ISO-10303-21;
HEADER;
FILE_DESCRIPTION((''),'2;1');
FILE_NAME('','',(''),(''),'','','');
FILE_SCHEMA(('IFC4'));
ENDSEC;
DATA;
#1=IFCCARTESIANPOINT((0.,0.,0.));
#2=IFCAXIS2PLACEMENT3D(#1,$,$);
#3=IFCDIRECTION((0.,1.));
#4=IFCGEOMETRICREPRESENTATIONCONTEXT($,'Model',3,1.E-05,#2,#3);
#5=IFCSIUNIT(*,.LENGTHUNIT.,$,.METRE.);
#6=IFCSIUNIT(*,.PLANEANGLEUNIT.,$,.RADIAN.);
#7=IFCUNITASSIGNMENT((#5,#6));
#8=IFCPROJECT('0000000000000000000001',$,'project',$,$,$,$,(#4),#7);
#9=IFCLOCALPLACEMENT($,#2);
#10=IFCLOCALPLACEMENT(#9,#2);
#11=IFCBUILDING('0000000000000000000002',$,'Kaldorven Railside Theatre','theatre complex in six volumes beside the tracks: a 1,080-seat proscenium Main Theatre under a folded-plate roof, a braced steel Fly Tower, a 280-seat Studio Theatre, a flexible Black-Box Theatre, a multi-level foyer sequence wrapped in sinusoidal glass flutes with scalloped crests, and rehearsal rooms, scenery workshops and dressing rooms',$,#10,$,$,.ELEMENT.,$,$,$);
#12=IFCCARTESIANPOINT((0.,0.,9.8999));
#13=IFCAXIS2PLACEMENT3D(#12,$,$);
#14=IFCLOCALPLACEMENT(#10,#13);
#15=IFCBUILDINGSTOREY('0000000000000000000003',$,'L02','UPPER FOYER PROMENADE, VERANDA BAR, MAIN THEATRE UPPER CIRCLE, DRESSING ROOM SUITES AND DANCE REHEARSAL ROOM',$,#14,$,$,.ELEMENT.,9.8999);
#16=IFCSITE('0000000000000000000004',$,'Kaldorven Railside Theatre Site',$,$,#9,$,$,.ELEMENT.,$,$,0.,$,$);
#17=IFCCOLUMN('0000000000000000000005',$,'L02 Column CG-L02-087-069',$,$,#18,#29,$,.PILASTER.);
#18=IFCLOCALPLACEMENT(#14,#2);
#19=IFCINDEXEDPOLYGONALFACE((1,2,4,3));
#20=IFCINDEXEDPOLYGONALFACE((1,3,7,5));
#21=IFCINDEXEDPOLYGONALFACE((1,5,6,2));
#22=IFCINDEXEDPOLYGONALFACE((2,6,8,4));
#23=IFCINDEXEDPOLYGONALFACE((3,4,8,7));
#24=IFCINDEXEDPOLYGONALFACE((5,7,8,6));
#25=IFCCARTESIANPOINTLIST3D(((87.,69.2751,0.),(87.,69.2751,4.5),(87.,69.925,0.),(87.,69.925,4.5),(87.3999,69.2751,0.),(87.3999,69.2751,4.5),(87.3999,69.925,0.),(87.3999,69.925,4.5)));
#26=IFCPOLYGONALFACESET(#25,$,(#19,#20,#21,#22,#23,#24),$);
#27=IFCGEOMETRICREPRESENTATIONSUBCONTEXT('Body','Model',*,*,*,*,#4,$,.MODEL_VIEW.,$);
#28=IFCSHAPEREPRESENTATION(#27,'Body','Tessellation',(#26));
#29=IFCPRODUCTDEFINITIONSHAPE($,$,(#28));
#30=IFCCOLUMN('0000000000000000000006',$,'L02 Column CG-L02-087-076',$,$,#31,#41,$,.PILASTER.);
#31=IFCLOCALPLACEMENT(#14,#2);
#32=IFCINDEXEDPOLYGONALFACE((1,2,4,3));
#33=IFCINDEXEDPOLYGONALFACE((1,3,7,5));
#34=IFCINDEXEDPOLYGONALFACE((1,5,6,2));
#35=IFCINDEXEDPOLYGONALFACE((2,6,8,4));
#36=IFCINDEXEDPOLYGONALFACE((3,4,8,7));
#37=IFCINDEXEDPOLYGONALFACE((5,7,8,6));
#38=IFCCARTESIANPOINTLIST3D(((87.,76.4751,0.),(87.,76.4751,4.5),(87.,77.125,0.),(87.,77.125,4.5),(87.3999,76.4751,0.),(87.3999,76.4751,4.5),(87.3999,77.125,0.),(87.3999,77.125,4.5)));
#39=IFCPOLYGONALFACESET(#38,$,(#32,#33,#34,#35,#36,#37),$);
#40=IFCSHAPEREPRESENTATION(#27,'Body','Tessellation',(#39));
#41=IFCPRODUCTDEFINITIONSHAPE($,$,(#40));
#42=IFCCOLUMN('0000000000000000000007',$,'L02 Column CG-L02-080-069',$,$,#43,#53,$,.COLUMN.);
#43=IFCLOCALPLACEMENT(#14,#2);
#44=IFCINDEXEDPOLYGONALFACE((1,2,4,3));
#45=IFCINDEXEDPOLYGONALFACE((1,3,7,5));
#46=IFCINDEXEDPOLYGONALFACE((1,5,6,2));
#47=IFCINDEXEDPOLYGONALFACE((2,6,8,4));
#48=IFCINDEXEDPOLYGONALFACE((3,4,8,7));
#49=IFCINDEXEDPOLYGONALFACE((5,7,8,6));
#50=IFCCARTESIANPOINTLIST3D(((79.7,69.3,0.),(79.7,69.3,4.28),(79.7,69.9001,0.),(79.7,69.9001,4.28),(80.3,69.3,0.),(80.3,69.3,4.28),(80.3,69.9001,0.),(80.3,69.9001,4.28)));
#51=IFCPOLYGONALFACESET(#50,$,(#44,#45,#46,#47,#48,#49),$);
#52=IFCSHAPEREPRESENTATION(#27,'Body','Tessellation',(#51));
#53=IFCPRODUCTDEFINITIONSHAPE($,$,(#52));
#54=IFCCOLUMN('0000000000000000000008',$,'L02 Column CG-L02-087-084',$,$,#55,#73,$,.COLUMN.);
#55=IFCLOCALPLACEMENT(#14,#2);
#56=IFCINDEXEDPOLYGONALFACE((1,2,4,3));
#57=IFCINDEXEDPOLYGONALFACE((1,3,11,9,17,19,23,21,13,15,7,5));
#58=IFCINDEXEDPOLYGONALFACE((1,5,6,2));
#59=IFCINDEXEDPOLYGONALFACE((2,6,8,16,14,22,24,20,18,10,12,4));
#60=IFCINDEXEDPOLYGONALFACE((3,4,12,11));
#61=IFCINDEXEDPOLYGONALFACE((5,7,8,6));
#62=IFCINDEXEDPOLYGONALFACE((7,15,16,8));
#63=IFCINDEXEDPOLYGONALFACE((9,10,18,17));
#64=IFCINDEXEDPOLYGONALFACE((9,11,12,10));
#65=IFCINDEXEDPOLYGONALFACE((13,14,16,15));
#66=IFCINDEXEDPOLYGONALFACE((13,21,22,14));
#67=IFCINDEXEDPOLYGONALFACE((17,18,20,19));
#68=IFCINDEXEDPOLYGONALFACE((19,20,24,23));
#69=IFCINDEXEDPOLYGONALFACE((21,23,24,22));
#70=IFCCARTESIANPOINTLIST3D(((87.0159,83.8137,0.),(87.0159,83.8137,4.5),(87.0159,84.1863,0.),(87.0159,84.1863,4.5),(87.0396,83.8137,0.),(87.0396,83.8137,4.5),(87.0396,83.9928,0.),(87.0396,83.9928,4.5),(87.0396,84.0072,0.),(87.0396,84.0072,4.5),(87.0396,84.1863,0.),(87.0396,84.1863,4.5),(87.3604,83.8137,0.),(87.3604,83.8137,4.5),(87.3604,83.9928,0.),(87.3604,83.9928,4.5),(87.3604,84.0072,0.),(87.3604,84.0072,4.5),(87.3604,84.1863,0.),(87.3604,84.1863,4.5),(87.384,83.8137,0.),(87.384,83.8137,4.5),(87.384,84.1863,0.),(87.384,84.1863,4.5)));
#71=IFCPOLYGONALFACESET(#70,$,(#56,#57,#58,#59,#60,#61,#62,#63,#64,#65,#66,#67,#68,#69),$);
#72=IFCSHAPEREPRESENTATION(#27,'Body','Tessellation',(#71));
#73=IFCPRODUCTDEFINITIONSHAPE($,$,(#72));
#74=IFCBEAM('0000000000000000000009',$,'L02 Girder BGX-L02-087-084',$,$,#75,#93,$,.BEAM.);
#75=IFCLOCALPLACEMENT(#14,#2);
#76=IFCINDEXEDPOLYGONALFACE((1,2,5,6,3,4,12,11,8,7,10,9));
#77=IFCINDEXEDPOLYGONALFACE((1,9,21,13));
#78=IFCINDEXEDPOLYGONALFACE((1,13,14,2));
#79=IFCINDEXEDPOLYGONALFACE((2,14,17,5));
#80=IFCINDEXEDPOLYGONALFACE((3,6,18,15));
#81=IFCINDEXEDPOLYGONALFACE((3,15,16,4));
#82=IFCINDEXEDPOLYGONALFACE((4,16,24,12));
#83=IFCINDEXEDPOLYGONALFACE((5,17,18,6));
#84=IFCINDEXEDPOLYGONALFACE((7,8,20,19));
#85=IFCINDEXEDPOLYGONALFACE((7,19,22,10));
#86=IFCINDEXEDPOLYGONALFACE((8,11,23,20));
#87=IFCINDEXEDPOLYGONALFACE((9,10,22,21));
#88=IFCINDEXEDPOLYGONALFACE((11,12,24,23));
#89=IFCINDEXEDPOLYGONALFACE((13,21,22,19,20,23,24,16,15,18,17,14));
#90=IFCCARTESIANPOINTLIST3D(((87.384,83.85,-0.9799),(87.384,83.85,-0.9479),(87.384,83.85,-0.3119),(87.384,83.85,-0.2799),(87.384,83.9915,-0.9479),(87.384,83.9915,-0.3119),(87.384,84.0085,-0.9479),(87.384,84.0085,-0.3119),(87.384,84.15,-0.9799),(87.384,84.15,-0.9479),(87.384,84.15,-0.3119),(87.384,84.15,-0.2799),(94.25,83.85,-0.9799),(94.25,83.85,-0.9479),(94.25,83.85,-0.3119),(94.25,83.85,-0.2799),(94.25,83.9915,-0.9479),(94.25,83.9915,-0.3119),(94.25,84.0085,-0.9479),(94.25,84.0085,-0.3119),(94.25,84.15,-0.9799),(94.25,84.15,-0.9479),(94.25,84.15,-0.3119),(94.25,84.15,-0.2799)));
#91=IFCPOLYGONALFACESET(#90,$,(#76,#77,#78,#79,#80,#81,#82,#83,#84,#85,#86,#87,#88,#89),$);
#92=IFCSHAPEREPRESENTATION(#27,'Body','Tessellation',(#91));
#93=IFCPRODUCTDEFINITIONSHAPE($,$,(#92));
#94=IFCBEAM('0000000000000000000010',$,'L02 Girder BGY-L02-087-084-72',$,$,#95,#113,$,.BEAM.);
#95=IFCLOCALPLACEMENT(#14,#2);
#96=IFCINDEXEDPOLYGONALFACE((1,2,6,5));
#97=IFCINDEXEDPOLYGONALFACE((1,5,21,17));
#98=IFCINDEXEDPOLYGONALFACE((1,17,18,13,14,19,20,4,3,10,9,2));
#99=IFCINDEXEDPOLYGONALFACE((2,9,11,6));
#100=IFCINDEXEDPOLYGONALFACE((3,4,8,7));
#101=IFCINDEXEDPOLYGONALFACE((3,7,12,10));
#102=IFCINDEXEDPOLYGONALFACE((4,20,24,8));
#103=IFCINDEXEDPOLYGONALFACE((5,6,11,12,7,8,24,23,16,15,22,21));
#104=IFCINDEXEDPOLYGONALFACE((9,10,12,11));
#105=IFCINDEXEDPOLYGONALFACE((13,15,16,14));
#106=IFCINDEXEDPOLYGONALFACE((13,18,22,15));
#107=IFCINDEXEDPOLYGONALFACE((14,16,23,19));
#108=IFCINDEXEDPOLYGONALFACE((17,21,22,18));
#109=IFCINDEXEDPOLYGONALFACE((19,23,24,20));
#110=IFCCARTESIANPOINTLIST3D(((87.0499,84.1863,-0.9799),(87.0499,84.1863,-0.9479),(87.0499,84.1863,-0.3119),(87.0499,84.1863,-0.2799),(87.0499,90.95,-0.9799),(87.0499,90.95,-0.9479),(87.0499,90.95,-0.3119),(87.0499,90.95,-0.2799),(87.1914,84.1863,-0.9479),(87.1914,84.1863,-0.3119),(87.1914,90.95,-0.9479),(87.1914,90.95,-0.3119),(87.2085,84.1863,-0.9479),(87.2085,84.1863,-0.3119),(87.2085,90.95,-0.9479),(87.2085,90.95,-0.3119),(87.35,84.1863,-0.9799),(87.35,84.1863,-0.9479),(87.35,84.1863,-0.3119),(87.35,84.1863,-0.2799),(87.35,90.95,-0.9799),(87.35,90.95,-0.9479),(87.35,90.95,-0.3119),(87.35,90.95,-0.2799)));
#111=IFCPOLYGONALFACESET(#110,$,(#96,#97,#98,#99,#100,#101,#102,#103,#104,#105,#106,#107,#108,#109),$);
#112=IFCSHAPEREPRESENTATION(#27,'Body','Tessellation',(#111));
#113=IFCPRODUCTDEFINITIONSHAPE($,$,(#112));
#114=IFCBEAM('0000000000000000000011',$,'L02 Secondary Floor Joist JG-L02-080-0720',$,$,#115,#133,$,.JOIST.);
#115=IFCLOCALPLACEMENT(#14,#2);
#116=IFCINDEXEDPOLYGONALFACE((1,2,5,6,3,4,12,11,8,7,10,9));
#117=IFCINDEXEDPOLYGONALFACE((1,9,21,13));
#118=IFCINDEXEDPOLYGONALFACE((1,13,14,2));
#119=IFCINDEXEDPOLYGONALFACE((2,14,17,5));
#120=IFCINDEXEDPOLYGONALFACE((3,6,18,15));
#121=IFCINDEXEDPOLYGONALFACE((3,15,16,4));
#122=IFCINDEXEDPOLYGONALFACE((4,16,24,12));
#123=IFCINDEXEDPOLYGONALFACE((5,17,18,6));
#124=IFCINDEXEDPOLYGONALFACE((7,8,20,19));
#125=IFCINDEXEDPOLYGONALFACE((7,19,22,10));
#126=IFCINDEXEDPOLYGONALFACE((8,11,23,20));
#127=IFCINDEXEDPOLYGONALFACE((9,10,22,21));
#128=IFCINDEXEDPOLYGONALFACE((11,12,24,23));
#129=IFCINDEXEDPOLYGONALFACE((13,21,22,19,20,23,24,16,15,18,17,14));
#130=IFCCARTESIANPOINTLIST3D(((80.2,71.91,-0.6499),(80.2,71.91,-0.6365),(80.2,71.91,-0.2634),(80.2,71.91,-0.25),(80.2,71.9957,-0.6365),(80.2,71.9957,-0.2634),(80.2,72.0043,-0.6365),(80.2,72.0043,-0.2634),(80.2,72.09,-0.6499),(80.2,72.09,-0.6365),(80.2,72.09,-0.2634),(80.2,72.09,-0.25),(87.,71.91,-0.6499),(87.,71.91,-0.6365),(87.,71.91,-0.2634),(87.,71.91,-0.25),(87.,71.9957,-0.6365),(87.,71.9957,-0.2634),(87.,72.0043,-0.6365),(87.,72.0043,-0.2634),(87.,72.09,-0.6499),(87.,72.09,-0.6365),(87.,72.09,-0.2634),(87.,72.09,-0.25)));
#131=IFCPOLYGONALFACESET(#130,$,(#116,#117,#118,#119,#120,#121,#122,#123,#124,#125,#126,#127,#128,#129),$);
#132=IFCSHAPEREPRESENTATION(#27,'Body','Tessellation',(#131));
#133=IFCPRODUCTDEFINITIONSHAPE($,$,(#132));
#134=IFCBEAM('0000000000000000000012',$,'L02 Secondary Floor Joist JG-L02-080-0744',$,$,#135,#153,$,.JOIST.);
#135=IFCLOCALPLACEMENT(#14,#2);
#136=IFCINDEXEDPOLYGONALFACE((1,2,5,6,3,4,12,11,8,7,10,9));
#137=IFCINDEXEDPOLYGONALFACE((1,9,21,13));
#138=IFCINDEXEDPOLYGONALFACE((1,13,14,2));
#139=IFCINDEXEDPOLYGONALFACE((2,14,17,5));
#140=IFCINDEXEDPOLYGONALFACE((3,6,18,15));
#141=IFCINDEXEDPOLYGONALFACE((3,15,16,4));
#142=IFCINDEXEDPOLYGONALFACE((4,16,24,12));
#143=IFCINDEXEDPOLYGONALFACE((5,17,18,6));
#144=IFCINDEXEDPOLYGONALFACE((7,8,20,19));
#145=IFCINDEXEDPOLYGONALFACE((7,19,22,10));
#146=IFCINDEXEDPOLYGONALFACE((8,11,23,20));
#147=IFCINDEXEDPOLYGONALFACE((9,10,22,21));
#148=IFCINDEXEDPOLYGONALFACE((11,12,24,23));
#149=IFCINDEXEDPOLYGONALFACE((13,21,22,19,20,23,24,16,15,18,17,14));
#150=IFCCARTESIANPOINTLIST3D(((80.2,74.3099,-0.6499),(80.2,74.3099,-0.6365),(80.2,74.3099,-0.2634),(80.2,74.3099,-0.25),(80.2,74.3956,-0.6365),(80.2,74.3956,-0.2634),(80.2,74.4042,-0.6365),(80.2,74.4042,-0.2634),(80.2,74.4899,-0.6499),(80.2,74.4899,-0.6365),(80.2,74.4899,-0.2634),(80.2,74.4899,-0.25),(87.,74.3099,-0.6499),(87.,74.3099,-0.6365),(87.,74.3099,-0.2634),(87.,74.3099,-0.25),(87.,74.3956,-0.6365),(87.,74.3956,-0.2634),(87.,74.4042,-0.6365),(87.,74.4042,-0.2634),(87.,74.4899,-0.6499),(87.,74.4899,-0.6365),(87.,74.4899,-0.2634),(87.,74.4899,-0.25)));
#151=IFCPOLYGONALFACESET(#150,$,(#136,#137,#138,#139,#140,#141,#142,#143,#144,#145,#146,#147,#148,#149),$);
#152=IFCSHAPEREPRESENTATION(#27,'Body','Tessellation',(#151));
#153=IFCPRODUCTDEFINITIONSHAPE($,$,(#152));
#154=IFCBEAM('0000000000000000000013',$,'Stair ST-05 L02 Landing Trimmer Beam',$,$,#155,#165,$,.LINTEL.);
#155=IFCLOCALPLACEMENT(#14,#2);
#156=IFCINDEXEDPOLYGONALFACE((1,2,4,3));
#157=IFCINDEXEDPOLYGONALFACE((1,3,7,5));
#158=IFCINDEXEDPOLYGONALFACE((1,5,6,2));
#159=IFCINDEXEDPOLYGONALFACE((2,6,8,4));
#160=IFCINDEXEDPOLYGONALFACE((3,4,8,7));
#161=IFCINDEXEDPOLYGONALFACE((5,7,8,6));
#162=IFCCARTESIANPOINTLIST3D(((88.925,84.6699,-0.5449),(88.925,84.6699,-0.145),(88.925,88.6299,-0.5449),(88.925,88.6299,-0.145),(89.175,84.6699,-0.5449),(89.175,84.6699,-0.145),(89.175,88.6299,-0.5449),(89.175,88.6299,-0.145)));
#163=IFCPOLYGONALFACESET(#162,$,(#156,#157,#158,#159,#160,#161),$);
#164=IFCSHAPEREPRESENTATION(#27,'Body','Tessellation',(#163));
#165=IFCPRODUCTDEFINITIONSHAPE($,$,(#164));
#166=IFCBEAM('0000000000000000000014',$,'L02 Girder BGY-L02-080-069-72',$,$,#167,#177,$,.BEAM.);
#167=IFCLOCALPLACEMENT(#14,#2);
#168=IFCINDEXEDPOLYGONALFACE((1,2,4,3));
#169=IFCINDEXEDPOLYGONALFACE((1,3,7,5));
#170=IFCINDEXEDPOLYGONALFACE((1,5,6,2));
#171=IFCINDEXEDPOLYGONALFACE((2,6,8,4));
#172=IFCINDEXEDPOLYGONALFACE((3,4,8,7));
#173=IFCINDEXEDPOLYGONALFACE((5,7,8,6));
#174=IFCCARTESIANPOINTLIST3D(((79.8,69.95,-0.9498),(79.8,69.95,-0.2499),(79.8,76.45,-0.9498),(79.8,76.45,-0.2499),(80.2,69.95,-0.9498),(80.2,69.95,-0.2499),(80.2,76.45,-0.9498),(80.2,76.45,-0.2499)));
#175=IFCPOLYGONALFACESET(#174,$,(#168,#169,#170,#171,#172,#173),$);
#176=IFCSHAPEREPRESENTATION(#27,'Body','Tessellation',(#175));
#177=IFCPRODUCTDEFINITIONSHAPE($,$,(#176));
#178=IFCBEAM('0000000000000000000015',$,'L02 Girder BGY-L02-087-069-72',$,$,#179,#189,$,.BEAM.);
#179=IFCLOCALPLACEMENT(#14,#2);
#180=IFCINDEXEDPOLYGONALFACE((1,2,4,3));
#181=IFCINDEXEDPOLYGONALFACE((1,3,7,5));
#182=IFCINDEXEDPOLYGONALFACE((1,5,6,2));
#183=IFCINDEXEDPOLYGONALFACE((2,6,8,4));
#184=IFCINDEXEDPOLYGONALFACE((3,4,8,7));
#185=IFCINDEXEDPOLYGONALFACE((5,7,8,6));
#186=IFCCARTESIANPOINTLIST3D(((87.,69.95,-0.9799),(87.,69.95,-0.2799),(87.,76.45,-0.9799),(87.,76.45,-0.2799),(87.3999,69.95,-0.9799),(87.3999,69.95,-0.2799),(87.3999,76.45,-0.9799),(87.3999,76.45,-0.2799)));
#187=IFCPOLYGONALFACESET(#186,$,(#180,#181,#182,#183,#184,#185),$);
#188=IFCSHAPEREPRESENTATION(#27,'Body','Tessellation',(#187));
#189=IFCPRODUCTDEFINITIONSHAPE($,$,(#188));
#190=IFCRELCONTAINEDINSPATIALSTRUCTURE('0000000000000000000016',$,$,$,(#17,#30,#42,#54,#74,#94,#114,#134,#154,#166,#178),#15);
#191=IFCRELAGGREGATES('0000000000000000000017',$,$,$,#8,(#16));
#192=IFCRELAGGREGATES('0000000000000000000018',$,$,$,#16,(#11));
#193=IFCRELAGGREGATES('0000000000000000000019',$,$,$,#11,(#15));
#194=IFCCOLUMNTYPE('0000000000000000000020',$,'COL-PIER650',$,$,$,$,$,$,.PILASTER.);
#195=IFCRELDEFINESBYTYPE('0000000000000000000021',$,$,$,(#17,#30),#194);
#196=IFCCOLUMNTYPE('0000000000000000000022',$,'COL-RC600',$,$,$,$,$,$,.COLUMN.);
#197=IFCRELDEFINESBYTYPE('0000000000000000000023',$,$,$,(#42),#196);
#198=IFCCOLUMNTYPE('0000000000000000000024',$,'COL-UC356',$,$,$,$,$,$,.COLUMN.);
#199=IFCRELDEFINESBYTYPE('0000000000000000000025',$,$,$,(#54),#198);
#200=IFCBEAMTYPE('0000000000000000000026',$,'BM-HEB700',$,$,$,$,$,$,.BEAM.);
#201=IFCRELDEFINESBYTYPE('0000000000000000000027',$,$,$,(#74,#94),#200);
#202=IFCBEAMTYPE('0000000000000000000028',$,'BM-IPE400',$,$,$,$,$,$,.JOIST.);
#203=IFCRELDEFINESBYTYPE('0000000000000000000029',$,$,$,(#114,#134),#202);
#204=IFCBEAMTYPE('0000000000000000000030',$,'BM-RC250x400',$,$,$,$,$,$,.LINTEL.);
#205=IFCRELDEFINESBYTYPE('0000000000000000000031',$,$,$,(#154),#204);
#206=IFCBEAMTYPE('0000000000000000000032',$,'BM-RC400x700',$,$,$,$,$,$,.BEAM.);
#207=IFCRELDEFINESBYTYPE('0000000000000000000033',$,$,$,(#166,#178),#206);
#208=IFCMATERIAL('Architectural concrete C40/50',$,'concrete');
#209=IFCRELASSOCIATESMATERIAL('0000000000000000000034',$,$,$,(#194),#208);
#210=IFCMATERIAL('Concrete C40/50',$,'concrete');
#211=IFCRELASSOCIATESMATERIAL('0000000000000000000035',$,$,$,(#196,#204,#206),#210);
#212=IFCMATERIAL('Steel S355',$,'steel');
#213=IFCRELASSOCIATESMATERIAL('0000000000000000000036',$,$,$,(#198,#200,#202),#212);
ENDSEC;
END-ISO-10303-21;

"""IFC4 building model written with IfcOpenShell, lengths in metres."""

from ifc_helpers import new_model, si_unit, direction, frame, origin, origin_2d, place, context, subcontext, project, spatial, rectangle, i_section, extrude, material, material_profile, profile_set, type_object, element, save


model = new_model("IFC4")

# Units and contexts
model_context = context("Model", 3, precision=1e-05, world=origin(), true_north=direction((0.0, 1.0)))
body_context = subcontext(model_context, "Body", "Model", "MODEL_VIEW")
ifc_project = project(units=[si_unit("LENGTHUNIT", "METRE"), si_unit("PLANEANGLEUNIT", "RADIAN")], contexts=[model_context])

# Site, building, storey
site_placement = place(None, origin())
site = spatial("IfcSite", under=ifc_project, at=site_placement, Name="Kaldorven Railside Theatre Site", CompositionType="ELEMENT", RefElevation=0.0)
building_placement = place(site_placement, origin())
building = spatial("IfcBuilding", under=site, at=building_placement, Name="Kaldorven Railside Theatre", Description="theatre complex in six volumes beside the tracks: a 1,080-seat proscenium Main Theatre under a folded-plate roof, a braced steel Fly Tower, a 280-seat Studio Theatre, a flexible Black-Box Theatre, a multi-level foyer sequence wrapped in sinusoidal glass flutes with scalloped crests, and rehearsal rooms, scenery workshops and dressing rooms", CompositionType="ELEMENT")
storey_placement = place(building_placement, frame((0.0, 0.0, 9.8999)))
storey = spatial("IfcBuildingStorey", under=building, at=storey_placement, Name="L02", Description="UPPER FOYER PROMENADE, VERANDA BAR, MAIN THEATRE UPPER CIRCLE, DRESSING ROOM SUITES AND DANCE REHEARSAL ROOM", CompositionType="ELEMENT", Elevation=9.8999)

# Columns
ifc_material_1 = material(Name="Architectural concrete C40/50", Category="concrete")
ifc_material_profile_1 = material_profile(ifc_material_1, rectangle(XDim=0.3999, YDim=0.6499, at=origin_2d()), Name="RC 400x650")
ifc_profile_set_1 = profile_set([ifc_material_profile_1], Name="Architectural concrete C40/50")
column_type_1 = type_object("IfcColumnType", Name="COL-PIER650", PredefinedType="PILASTER", material=ifc_profile_set_1)
for number, where, z_axis, x_axis, name in (
    (1, (87.2, 69.6001, 0.0), (0.0, 0.0, 1.0), (1.0, 0.0, 0.0), "L02 Column CG-L02-087-069"),
    (2, (87.2, 76.8, 0.0), (0.0, 0.0, 1.0), (1.0, 0.0, 0.0), "L02 Column CG-L02-087-076"),
):
    element("IfcColumn", number, at=place(storey_placement, frame(where, z_axis=z_axis, x_axis=x_axis)), inside=storey, type_object=column_type_1, Name=name, PredefinedType="PILASTER", context=body_context, shape_type="SweptSolid", body=[
        extrude(rectangle(XDim=0.3999, YDim=0.6499, at=origin_2d()), origin(), (0.0, 0.0, 1.0), 4.5),
    ])
ifc_material_2 = material(Name="Concrete C40/50", Category="concrete")
ifc_material_profile_2 = material_profile(ifc_material_2, rectangle(XDim=0.6001, YDim=0.6001, at=origin_2d()), Name="RC 600x600")
ifc_profile_set_2 = profile_set([ifc_material_profile_2], Name="Concrete C40/50")
column_type_2 = type_object("IfcColumnType", Name="COL-RC600", PredefinedType="COLUMN", material=ifc_profile_set_2)
column_1_placement = place(storey_placement, frame((80.0, 69.6001, 0.0), z_axis=(0.0, 0.0, 1.0), x_axis=(0.0, 1.0, 0.0)))
element("IfcColumn", 3, at=column_1_placement, inside=storey, type_object=column_type_2, Name="L02 Column CG-L02-080-069", PredefinedType="COLUMN", context=body_context, shape_type="SweptSolid", body=[
    extrude(rectangle(XDim=0.6001, YDim=0.6001, at=origin_2d()), origin(), (0.0, 0.0, 1.0), 4.28),
])
ifc_material_3 = material(Name="Steel S355", Category="steel")
ifc_material_profile_3 = material_profile(ifc_material_3, i_section(OverallWidth=0.3726, OverallDepth=0.3682, WebThickness=0.0144, FlangeThickness=0.0237, at=origin_2d()), Name="UC 356x368x177")
ifc_profile_set_3 = profile_set([ifc_material_profile_3], Name="Steel S355")
column_type_3 = type_object("IfcColumnType", Name="COL-UC356", PredefinedType="COLUMN", material=ifc_profile_set_3)
column_2_placement = place(storey_placement, frame((87.2, 84.0, 0.0), z_axis=(0.0, 0.0, 1.0), x_axis=(0.0, 1.0, 0.0)))
element("IfcColumn", 4, at=column_2_placement, inside=storey, type_object=column_type_3, Name="L02 Column CG-L02-087-084", PredefinedType="COLUMN", context=body_context, shape_type="SweptSolid", body=[
    extrude(i_section(OverallWidth=0.3726, OverallDepth=0.3682, WebThickness=0.0144, FlangeThickness=0.0237, at=origin_2d()), origin(), (0.0, 0.0, 1.0), 4.5),
])

# Beams
ifc_material_profile_4 = material_profile(ifc_material_3, i_section(OverallWidth=0.3, OverallDepth=0.7, WebThickness=0.0171, FlangeThickness=0.032, at=origin_2d()), Name="HEB 700")
ifc_profile_set_4 = profile_set([ifc_material_profile_4], Name="Steel S355")
beam_type_1 = type_object("IfcBeamType", Name="BM-HEB700", PredefinedType="BEAM", material=ifc_profile_set_4)
beam_1_placement = place(storey_placement, frame((87.384, 84.0, -0.6299), z_axis=(1.0, 0.0, 0.0), x_axis=(0.0, 1.0, 0.0)))
element("IfcBeam", 5, at=beam_1_placement, inside=storey, type_object=beam_type_1, Name="L02 Girder BGX-L02-087-084", PredefinedType="BEAM", context=body_context, shape_type="SweptSolid", body=[
    extrude(i_section(OverallWidth=0.3, OverallDepth=0.7, WebThickness=0.0171, FlangeThickness=0.032, at=origin_2d()), origin(), (0.0, 0.0, 1.0), 6.866),
])
beam_2_placement = place(storey_placement, frame((87.2, 84.1863, -0.6299), z_axis=(0.0, 1.0, 0.0), x_axis=(-1.0, 0.0, 0.0)))
element("IfcBeam", 6, at=beam_2_placement, inside=storey, type_object=beam_type_1, Name="L02 Girder BGY-L02-087-084-72", PredefinedType="BEAM", context=body_context, shape_type="SweptSolid", body=[
    extrude(i_section(OverallWidth=0.3, OverallDepth=0.7, WebThickness=0.0171, FlangeThickness=0.032, at=origin_2d()), origin(), (0.0, 0.0, 1.0), 6.7637),
])
ifc_material_profile_5 = material_profile(ifc_material_3, i_section(OverallWidth=0.1799, OverallDepth=0.3999, WebThickness=0.0085, FlangeThickness=0.0134, at=origin_2d()), Name="IPE 400")
ifc_profile_set_5 = profile_set([ifc_material_profile_5], Name="Steel S355")
beam_type_2 = type_object("IfcBeamType", Name="BM-IPE400", PredefinedType="JOIST", material=ifc_profile_set_5)
for number, where, z_axis, x_axis, name in (
    (7, (80.2, 72.0, -0.45), (1.0, 0.0, 0.0), (0.0, 1.0, 0.0), "L02 Secondary Floor Joist JG-L02-080-0720"),
    (8, (80.2, 74.3999, -0.45), (1.0, 0.0, 0.0), (0.0, 1.0, 0.0), "L02 Secondary Floor Joist JG-L02-080-0744"),
):
    element("IfcBeam", number, at=place(storey_placement, frame(where, z_axis=z_axis, x_axis=x_axis)), inside=storey, type_object=beam_type_2, Name=name, PredefinedType="JOIST", context=body_context, shape_type="SweptSolid", body=[
        extrude(i_section(OverallWidth=0.1799, OverallDepth=0.3999, WebThickness=0.0085, FlangeThickness=0.0134, at=origin_2d()), origin(), (0.0, 0.0, 1.0), 6.8),
    ])
ifc_material_profile_6 = material_profile(ifc_material_2, rectangle(XDim=0.25, YDim=0.3999, at=origin_2d()), Name="RC 250x400")
ifc_profile_set_6 = profile_set([ifc_material_profile_6], Name="Concrete C40/50")
beam_type_3 = type_object("IfcBeamType", Name="BM-RC250x400", PredefinedType="LINTEL", material=ifc_profile_set_6)
beam_3_placement = place(storey_placement, frame((89.05, 84.6699, -0.345), z_axis=(0.0, 1.0, 0.0), x_axis=(-1.0, 0.0, 0.0)))
element("IfcBeam", 9, at=beam_3_placement, inside=storey, type_object=beam_type_3, Name="Stair ST-05 L02 Landing Trimmer Beam", PredefinedType="LINTEL", context=body_context, shape_type="SweptSolid", body=[
    extrude(rectangle(XDim=0.25, YDim=0.3999, at=origin_2d()), origin(), (0.0, 0.0, 1.0), 3.96),
])
ifc_material_profile_7 = material_profile(ifc_material_2, rectangle(XDim=0.3999, YDim=0.7, at=origin_2d()), Name="RC 400x700")
ifc_profile_set_7 = profile_set([ifc_material_profile_7], Name="Concrete C40/50")
beam_type_4 = type_object("IfcBeamType", Name="BM-RC400x700", PredefinedType="BEAM", material=ifc_profile_set_7)
for number, where, z_axis, x_axis, name in (
    (10, (80.0, 69.95, -0.5999), (0.0, 1.0, 0.0), (-1.0, 0.0, 0.0), "L02 Girder BGY-L02-080-069-72"),
    (11, (87.2, 69.95, -0.6299), (0.0, 1.0, 0.0), (-1.0, 0.0, 0.0), "L02 Girder BGY-L02-087-069-72"),
):
    element("IfcBeam", number, at=place(storey_placement, frame(where, z_axis=z_axis, x_axis=x_axis)), inside=storey, type_object=beam_type_4, Name=name, PredefinedType="BEAM", context=body_context, shape_type="SweptSolid", body=[
        extrude(rectangle(XDim=0.3999, YDim=0.7, at=origin_2d()), origin(), (0.0, 0.0, 1.0), 6.5),
    ])

save(model, "model.ifc")
